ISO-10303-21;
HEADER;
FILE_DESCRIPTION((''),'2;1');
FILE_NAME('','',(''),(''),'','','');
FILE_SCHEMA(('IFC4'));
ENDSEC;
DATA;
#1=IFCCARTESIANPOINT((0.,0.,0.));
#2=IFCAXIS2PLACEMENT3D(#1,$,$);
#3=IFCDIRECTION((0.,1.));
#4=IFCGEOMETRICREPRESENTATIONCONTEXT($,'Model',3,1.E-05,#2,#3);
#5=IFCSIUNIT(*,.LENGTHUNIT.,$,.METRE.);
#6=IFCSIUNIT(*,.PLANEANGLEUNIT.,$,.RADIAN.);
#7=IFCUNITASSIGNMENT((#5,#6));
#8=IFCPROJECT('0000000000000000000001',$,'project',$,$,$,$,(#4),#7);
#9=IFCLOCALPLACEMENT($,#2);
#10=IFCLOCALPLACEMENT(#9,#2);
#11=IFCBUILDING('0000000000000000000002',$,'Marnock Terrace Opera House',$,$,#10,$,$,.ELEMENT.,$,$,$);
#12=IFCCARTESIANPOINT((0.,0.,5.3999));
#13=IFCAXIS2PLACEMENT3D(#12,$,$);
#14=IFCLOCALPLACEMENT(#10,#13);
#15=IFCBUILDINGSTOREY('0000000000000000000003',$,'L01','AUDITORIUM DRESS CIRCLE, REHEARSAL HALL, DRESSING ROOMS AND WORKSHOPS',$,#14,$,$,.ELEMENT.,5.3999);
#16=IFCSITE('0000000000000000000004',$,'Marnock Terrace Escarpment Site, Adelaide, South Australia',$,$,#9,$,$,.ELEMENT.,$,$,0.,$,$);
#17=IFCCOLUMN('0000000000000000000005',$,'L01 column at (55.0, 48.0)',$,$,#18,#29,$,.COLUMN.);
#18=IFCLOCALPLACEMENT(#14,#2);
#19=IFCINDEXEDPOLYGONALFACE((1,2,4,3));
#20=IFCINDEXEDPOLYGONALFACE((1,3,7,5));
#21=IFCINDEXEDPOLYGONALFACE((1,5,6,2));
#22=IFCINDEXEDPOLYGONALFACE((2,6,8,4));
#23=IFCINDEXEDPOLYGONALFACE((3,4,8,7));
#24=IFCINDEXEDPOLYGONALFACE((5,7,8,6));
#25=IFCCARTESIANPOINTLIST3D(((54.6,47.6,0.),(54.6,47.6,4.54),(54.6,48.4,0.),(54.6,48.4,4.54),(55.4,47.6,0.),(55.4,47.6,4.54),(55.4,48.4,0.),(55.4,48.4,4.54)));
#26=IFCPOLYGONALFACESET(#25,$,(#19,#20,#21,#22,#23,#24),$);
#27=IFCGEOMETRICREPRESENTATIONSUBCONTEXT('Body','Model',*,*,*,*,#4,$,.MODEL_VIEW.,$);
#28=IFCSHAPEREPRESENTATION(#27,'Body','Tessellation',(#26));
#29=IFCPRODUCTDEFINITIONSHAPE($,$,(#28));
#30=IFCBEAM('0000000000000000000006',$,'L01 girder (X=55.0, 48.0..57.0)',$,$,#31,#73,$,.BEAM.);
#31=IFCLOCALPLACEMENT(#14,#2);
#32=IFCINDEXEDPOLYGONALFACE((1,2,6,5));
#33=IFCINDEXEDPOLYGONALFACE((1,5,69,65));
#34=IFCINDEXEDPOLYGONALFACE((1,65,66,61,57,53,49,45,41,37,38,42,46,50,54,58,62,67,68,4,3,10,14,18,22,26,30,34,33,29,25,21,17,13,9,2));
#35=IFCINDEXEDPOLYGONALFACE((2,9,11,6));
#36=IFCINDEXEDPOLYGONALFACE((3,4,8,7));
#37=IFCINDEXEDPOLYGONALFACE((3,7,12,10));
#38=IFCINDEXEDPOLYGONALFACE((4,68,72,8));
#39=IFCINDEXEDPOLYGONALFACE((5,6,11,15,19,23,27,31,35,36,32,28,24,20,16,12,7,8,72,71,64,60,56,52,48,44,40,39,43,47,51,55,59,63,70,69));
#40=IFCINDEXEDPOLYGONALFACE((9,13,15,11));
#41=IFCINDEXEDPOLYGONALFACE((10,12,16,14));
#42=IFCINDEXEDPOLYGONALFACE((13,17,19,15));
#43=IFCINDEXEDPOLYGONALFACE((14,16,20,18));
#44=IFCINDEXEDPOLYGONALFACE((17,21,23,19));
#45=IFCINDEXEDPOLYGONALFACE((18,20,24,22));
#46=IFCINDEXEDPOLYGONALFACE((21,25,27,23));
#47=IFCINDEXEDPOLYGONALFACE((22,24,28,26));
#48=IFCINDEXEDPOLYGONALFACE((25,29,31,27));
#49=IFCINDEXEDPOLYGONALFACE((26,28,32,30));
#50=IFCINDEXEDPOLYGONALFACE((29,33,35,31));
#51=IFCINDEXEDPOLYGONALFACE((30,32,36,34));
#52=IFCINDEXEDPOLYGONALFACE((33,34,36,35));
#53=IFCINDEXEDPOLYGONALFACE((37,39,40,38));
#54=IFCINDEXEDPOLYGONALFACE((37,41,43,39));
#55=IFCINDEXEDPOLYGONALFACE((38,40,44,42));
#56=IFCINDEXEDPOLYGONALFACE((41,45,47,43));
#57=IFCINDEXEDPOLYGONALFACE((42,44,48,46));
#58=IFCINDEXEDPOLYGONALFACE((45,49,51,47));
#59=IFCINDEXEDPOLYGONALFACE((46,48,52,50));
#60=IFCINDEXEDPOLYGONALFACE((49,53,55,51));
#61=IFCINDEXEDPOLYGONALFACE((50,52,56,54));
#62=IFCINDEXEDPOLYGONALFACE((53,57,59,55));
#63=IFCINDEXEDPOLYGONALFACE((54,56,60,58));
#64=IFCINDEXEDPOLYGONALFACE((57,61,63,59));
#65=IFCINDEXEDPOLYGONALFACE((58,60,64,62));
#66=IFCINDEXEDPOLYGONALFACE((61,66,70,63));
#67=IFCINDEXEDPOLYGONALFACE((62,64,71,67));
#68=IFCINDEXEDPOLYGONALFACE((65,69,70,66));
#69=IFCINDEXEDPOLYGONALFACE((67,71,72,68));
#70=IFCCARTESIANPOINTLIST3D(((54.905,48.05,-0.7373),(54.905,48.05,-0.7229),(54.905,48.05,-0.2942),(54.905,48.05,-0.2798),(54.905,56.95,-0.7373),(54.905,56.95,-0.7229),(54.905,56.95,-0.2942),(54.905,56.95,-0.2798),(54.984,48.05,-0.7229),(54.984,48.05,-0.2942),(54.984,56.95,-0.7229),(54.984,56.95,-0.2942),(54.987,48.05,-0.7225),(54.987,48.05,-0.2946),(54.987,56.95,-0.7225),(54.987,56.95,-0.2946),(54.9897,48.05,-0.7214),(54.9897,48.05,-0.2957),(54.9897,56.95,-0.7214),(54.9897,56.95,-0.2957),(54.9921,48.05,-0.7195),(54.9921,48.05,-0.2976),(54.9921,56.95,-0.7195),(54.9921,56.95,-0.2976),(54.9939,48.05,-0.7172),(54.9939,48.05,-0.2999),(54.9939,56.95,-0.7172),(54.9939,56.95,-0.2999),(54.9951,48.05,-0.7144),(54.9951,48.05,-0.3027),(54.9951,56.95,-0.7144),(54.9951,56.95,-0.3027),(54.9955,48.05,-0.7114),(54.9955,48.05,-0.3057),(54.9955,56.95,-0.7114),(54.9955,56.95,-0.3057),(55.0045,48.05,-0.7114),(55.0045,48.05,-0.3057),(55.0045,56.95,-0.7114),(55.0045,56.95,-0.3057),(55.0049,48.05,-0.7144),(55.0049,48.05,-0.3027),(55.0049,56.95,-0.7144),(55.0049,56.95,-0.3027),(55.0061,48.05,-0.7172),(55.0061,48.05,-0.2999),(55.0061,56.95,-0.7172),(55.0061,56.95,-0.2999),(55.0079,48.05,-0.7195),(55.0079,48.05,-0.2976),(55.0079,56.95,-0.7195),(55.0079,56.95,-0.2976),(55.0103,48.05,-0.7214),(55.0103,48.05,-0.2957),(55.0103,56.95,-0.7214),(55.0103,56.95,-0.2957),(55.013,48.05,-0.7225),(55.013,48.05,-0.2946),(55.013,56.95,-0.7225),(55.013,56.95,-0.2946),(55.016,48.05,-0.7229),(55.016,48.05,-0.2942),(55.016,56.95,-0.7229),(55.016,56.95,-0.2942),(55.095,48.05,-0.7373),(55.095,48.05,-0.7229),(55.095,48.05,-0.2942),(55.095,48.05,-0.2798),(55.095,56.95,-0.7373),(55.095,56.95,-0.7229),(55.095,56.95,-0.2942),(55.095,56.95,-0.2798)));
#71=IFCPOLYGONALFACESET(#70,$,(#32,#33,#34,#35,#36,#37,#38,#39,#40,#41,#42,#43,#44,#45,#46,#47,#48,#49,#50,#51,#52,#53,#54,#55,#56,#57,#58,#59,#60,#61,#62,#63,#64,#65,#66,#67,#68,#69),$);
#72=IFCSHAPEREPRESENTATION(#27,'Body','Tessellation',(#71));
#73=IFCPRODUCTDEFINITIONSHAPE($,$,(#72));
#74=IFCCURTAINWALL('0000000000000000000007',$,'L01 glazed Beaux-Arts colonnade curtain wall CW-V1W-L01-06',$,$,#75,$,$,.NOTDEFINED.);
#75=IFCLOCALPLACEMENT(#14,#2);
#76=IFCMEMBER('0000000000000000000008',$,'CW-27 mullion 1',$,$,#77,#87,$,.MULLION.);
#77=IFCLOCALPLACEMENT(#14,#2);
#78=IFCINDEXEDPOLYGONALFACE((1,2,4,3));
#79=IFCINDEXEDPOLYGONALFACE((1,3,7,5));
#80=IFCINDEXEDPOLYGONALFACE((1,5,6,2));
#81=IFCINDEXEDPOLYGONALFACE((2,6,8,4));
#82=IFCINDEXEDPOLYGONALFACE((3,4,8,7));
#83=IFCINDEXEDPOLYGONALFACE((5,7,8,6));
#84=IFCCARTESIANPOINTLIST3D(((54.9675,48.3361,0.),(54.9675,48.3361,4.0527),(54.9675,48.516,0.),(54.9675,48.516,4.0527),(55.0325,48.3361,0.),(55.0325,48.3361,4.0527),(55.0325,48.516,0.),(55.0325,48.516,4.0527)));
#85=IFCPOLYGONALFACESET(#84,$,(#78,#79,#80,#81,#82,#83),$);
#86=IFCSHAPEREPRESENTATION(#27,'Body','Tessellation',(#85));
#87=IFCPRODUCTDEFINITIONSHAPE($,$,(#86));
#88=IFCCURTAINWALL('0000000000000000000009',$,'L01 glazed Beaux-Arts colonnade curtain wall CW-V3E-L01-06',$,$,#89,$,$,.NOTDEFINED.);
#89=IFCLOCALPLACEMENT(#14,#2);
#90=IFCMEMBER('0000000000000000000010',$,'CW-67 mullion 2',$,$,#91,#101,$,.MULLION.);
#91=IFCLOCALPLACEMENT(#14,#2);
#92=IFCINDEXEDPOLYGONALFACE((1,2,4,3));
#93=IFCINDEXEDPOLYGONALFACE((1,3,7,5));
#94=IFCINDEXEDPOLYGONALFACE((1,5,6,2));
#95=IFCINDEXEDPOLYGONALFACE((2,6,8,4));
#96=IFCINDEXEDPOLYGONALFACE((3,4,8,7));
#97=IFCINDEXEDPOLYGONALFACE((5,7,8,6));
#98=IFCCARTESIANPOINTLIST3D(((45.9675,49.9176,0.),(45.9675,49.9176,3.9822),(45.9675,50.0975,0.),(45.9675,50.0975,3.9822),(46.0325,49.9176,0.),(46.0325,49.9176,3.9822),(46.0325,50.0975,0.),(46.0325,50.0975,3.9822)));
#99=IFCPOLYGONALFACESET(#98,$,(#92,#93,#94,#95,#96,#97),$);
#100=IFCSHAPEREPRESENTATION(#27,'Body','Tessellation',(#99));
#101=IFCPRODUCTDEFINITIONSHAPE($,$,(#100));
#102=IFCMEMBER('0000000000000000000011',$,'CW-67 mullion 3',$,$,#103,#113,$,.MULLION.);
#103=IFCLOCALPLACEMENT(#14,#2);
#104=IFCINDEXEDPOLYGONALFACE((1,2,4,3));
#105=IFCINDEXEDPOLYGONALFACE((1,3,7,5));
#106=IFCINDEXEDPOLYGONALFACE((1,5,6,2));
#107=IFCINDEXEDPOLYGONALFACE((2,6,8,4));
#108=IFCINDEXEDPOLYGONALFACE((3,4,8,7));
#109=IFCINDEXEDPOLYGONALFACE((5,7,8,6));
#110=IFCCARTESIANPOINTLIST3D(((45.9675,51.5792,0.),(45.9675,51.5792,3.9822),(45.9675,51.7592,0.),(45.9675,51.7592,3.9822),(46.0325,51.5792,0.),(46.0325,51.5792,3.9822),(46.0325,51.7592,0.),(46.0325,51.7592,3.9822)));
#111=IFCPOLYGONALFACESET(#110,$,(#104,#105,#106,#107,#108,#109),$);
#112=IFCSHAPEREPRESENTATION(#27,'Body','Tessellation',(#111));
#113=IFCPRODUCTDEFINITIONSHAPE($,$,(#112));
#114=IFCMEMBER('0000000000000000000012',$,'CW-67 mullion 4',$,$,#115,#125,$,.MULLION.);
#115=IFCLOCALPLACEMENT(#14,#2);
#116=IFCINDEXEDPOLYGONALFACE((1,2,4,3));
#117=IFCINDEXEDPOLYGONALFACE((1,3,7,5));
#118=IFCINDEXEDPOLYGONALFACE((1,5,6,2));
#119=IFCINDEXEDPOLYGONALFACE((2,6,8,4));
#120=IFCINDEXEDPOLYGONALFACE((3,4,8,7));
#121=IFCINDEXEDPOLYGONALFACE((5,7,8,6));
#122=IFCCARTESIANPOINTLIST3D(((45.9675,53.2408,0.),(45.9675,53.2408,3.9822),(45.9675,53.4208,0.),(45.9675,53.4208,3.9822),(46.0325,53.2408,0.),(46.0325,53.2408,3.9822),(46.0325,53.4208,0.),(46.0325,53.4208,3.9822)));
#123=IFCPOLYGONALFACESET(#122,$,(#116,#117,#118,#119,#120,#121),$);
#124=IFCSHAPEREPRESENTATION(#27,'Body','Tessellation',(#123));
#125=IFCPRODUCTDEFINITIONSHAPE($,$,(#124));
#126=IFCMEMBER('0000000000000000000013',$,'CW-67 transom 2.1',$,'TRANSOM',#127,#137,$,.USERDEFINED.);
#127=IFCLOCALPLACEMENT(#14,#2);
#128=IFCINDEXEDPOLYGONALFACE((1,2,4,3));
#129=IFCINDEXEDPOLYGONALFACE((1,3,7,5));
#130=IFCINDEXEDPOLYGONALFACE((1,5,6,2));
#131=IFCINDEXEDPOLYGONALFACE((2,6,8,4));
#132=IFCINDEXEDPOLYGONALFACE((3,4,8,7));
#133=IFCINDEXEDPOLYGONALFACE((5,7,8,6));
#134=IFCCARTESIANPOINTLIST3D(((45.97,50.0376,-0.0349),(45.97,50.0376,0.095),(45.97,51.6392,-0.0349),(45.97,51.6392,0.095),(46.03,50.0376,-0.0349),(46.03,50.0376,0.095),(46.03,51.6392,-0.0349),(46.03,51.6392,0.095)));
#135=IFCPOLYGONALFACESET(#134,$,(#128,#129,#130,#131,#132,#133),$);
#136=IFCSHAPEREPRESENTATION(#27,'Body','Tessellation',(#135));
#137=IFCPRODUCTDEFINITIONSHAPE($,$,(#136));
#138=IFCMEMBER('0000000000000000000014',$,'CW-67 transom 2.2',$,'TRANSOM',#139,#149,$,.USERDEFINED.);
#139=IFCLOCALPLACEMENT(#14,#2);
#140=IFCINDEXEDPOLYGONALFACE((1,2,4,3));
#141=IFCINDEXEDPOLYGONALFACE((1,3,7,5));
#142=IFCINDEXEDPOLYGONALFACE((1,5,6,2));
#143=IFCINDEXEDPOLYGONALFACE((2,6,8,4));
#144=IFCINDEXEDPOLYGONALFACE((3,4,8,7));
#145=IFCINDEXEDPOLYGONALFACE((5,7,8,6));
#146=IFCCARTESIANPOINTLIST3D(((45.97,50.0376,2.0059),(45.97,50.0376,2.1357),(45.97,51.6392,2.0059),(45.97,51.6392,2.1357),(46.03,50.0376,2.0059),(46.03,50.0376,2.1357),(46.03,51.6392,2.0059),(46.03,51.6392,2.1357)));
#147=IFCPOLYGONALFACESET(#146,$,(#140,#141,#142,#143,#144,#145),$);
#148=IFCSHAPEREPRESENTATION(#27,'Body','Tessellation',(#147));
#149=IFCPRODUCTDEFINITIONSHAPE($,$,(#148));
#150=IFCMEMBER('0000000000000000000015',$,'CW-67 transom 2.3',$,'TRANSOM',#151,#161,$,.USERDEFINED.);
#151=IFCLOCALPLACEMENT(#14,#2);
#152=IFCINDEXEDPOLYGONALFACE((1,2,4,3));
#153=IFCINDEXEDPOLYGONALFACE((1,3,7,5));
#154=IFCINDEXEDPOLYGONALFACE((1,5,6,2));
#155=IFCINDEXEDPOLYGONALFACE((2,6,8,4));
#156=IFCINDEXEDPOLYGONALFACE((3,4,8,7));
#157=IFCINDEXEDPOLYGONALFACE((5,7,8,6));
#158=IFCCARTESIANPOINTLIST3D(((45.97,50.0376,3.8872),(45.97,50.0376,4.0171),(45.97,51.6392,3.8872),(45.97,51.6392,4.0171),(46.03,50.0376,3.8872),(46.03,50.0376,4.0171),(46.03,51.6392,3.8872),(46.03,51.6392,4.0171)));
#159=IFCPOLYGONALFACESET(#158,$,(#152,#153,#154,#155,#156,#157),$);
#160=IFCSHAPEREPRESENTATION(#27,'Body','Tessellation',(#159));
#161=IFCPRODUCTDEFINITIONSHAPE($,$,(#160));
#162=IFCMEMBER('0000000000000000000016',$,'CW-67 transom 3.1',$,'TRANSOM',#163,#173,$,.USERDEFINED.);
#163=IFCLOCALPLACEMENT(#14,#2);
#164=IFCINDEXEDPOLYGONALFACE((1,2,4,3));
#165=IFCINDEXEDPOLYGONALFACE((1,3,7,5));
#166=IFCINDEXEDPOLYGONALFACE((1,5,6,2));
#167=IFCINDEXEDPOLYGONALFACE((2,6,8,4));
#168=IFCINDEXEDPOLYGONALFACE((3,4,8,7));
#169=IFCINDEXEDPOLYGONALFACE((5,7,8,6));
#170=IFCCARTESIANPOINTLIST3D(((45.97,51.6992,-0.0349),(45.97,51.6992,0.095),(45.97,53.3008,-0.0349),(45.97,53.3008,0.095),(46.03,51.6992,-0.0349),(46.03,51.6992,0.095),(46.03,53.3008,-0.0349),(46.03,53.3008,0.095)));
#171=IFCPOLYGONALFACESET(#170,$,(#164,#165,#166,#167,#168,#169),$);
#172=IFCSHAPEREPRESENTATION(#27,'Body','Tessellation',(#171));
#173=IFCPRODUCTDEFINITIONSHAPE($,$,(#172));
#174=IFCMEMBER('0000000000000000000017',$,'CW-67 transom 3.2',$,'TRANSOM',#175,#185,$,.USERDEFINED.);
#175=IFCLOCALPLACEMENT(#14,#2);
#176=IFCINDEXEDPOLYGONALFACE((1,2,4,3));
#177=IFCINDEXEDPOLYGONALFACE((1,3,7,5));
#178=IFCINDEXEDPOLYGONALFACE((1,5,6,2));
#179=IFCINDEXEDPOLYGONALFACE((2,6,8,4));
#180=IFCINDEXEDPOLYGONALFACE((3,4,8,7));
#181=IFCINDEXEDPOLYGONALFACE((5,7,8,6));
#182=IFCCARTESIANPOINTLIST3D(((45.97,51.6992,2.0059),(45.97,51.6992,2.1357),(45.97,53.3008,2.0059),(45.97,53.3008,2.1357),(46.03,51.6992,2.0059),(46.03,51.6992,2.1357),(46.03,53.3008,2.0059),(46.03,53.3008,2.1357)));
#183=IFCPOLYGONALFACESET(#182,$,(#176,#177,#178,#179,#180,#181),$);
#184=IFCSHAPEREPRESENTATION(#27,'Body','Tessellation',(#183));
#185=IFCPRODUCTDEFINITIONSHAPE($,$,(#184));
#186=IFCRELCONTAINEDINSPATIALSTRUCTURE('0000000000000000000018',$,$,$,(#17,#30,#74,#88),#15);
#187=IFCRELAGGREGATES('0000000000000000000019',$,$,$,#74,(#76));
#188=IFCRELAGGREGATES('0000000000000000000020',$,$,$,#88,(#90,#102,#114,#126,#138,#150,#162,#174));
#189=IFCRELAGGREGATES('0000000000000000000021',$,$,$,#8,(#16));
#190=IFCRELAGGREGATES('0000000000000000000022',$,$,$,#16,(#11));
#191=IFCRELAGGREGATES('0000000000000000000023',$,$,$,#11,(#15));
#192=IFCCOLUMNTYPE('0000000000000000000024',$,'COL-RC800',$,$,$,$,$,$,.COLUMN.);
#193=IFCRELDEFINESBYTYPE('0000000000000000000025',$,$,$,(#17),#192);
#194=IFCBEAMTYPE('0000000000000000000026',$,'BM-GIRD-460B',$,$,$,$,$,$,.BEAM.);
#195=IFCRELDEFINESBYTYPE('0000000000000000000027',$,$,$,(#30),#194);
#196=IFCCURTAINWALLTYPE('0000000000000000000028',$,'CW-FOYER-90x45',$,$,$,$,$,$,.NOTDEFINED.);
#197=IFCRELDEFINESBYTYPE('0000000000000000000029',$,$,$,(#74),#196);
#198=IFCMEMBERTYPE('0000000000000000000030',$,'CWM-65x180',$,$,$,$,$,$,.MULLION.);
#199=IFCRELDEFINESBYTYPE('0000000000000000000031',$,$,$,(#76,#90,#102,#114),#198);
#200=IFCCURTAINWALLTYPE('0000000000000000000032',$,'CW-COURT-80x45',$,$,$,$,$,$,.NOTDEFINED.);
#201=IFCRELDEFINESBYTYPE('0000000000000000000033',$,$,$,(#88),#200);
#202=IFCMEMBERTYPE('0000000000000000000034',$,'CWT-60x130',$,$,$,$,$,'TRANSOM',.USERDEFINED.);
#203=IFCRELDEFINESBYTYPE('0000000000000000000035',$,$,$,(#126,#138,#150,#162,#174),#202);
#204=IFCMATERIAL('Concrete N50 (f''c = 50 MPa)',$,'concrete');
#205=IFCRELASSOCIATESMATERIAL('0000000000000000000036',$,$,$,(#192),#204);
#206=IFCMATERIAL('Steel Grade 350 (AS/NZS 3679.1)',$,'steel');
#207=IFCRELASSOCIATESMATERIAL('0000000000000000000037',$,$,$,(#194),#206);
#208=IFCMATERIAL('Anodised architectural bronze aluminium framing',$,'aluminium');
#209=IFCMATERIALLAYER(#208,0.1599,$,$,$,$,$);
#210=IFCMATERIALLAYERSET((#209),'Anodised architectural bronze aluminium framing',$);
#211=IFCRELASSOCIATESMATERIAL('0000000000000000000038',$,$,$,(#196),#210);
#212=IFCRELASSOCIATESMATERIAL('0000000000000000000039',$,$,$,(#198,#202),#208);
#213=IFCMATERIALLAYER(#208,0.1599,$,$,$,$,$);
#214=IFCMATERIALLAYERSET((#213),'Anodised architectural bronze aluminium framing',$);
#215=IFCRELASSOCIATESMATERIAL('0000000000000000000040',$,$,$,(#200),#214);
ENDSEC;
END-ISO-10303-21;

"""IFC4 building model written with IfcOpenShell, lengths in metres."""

from ifc_helpers import new_model, si_unit, direction, frame, origin, origin_2d, place, context, subcontext, project, spatial, rectangle, i_section, extrude, material, layer, layer_set, material_profile, profile_set, type_object, element, aggregate, save


model = new_model("IFC4")

# Units and contexts
model_context = context("Model", 3, precision=1e-05, world=origin(), true_north=direction((0.0, 1.0)))
body_context = subcontext(model_context, "Body", "Model", "MODEL_VIEW")
ifc_project = project(units=[si_unit("LENGTHUNIT", "METRE"), si_unit("PLANEANGLEUNIT", "RADIAN")], contexts=[model_context])

# Site, building, storey
site_placement = place(None, origin())
site = spatial("IfcSite", under=ifc_project, at=site_placement, Name="Marnock Terrace Escarpment Site, Adelaide, South Australia", CompositionType="ELEMENT", RefElevation=0.0)
building_placement = place(site_placement, origin())
building = spatial("IfcBuilding", under=site, at=building_placement, Name="Marnock Terrace Opera House", CompositionType="ELEMENT")
storey_placement = place(building_placement, frame((0.0, 0.0, 5.3999)))
storey = spatial("IfcBuildingStorey", under=building, at=storey_placement, Name="L01", Description="AUDITORIUM DRESS CIRCLE, REHEARSAL HALL, DRESSING ROOMS AND WORKSHOPS", CompositionType="ELEMENT", Elevation=5.3999)

# Column
ifc_material_1 = material(Name="Concrete N50 (f'c = 50 MPa)", Category="concrete")
ifc_material_profile_1 = material_profile(ifc_material_1, rectangle(XDim=0.8, YDim=0.8, at=origin_2d()))
ifc_profile_set_1 = profile_set([ifc_material_profile_1], Name="Concrete N50 (f'c = 50 MPa)")
column_type = type_object("IfcColumnType", Name="COL-RC800", PredefinedType="COLUMN", material=ifc_profile_set_1)
column_placement = place(storey_placement, frame((55.0, 48.0, 0.0), z_axis=(0.0, 0.0, 1.0), x_axis=(1.0, 0.0, 0.0)))
element("IfcColumn", 1, at=column_placement, inside=storey, type_object=column_type, Name="L01 column at (55.0, 48.0)", PredefinedType="COLUMN", context=body_context, shape_type="SweptSolid", body=[
    extrude(rectangle(XDim=0.8, YDim=0.8, at=origin_2d()), origin(), (0.0, 0.0, 1.0), 4.54),
])

# Beam
ifc_material_2 = material(Name="Steel Grade 350 (AS/NZS 3679.1)", Category="steel")
ifc_material_profile_2 = material_profile(ifc_material_2, i_section(OverallWidth=0.1899, OverallDepth=0.4575, WebThickness=0.009, FlangeThickness=0.0144, FilletRadius=0.0115, at=origin_2d()))
ifc_profile_set_2 = profile_set([ifc_material_profile_2], Name="Steel Grade 350 (AS/NZS 3679.1)")
beam_type = type_object("IfcBeamType", Name="BM-GIRD-460B", PredefinedType="BEAM", material=ifc_profile_set_2)
beam_placement = place(storey_placement, frame((55.0, 48.05, -0.5085), z_axis=(0.0, 1.0, 0.0), x_axis=(-1.0, 0.0, 0.0)))
element("IfcBeam", 2, at=beam_placement, inside=storey, type_object=beam_type, Name="L01 girder (X=55.0, 48.0..57.0)", PredefinedType="BEAM", context=body_context, shape_type="SweptSolid", body=[
    extrude(i_section(OverallWidth=0.1899, OverallDepth=0.4575, WebThickness=0.009, FlangeThickness=0.0144, FilletRadius=0.0115, at=origin_2d()), origin(), (0.0, 0.0, 1.0), 8.8999),
])

# Curtain wall, member
ifc_material_3 = material(Name="Anodised architectural bronze aluminium framing", Category="aluminium")
ifc_layer_1 = layer(ifc_material_3, 0.1599)
ifc_layer_set_1 = layer_set([ifc_layer_1], Name="Anodised architectural bronze aluminium framing")
curtain_wall_type_1 = type_object("IfcCurtainWallType", Name="CW-FOYER-90x45", PredefinedType="NOTDEFINED", material=ifc_layer_set_1)
curtain_wall_1_placement = place(storey_placement, origin())
curtain_wall_1 = element("IfcCurtainWall", 3, at=curtain_wall_1_placement, inside=storey, type_object=curtain_wall_type_1, Name="L01 glazed Beaux-Arts colonnade curtain wall CW-V1W-L01-06", PredefinedType="NOTDEFINED")
ifc_material_profile_3 = material_profile(ifc_material_3, rectangle(XDim=0.0649, YDim=0.1799, at=origin_2d()))
ifc_profile_set_3 = profile_set([ifc_material_profile_3], Name="Anodised architectural bronze aluminium framing")
member_type_1 = type_object("IfcMemberType", Name="CWM-65x180", PredefinedType="MULLION", material=ifc_profile_set_3)
member_1_placement = place(storey_placement, frame((55.0, 48.426, 0.0), z_axis=(0.0, 0.0, 1.0), x_axis=(-1.0, 0.0, 0.0)))
member_1 = element("IfcMember", 4, at=member_1_placement, type_object=member_type_1, Name="CW-27 mullion 1", PredefinedType="MULLION", context=body_context, shape_type="SweptSolid", body=[
    extrude(rectangle(XDim=0.0649, YDim=0.1799, at=origin_2d()), origin(), (0.0, 0.0, 1.0), 4.0527),
])
aggregate(curtain_wall_1, [member_1])

# Curtain wall, members
ifc_layer_2 = layer(ifc_material_3, 0.1599)
ifc_layer_set_2 = layer_set([ifc_layer_2], Name="Anodised architectural bronze aluminium framing")
curtain_wall_type_2 = type_object("IfcCurtainWallType", Name="CW-COURT-80x45", PredefinedType="NOTDEFINED", material=ifc_layer_set_2)
curtain_wall_2_placement = place(storey_placement, origin())
curtain_wall_2 = element("IfcCurtainWall", 5, at=curtain_wall_2_placement, inside=storey, type_object=curtain_wall_type_2, Name="L01 glazed Beaux-Arts colonnade curtain wall CW-V3E-L01-06", PredefinedType="NOTDEFINED")
member_2_placement = place(storey_placement, frame((46.0, 50.0076, 0.0), z_axis=(0.0, 0.0, 1.0), x_axis=(-1.0, 0.0, 0.0)))
member_2 = element("IfcMember", 6, at=member_2_placement, type_object=member_type_1, Name="CW-67 mullion 2", PredefinedType="MULLION", context=body_context, shape_type="SweptSolid", body=[
    extrude(rectangle(XDim=0.0649, YDim=0.1799, at=origin_2d()), origin(), (0.0, 0.0, 1.0), 3.9822),
])
member_3_placement = place(storey_placement, frame((46.0, 51.6692, 0.0), z_axis=(0.0, 0.0, 1.0), x_axis=(-1.0, 0.0, 0.0)))
member_3 = element("IfcMember", 7, at=member_3_placement, type_object=member_type_1, Name="CW-67 mullion 3", PredefinedType="MULLION", context=body_context, shape_type="SweptSolid", body=[
    extrude(rectangle(XDim=0.0649, YDim=0.1799, at=origin_2d()), origin(), (0.0, 0.0, 1.0), 3.9822),
])
member_4_placement = place(storey_placement, frame((46.0, 53.3308, 0.0), z_axis=(0.0, 0.0, 1.0), x_axis=(-1.0, 0.0, 0.0)))
member_4 = element("IfcMember", 8, at=member_4_placement, type_object=member_type_1, Name="CW-67 mullion 4", PredefinedType="MULLION", context=body_context, shape_type="SweptSolid", body=[
    extrude(rectangle(XDim=0.0649, YDim=0.1799, at=origin_2d()), origin(), (0.0, 0.0, 1.0), 3.9822),
])
ifc_material_profile_4 = material_profile(ifc_material_3, rectangle(XDim=0.0601, YDim=0.1299, at=origin_2d()))
ifc_profile_set_4 = profile_set([ifc_material_profile_4], Name="Anodised architectural bronze aluminium framing")
member_type_2 = type_object("IfcMemberType", Name="CWT-60x130", ElementType="TRANSOM", PredefinedType="USERDEFINED", material=ifc_profile_set_4)
member_5_placement = place(storey_placement, frame((46.0, 50.0376, 0.03), z_axis=(0.0, 1.0, 0.0), x_axis=(-1.0, 0.0, 0.0)))
member_5 = element("IfcMember", 9, at=member_5_placement, type_object=member_type_2, Name="CW-67 transom 2.1", ObjectType="TRANSOM", PredefinedType="USERDEFINED", context=body_context, shape_type="SweptSolid", body=[
    extrude(rectangle(XDim=0.0601, YDim=0.1299, at=origin_2d()), origin(), (0.0, 0.0, 1.0), 1.6016),
])
member_6_placement = place(storey_placement, frame((46.0, 50.0376, 2.0708), z_axis=(0.0, 1.0, 0.0), x_axis=(-1.0, 0.0, 0.0)))
member_6 = element("IfcMember", 10, at=member_6_placement, type_object=member_type_2, Name="CW-67 transom 2.2", ObjectType="TRANSOM", PredefinedType="USERDEFINED", context=body_context, shape_type="SweptSolid", body=[
    extrude(rectangle(XDim=0.0601, YDim=0.1299, at=origin_2d()), origin(), (0.0, 0.0, 1.0), 1.6016),
])
member_7_placement = place(storey_placement, frame((46.0, 50.0376, 3.9521), z_axis=(0.0, 1.0, 0.0), x_axis=(-1.0, 0.0, 0.0)))
member_7 = element("IfcMember", 11, at=member_7_placement, type_object=member_type_2, Name="CW-67 transom 2.3", ObjectType="TRANSOM", PredefinedType="USERDEFINED", context=body_context, shape_type="SweptSolid", body=[
    extrude(rectangle(XDim=0.0601, YDim=0.1299, at=origin_2d()), origin(), (0.0, 0.0, 1.0), 1.6016),
])
member_8_placement = place(storey_placement, frame((46.0, 51.6992, 0.03), z_axis=(0.0, 1.0, 0.0), x_axis=(-1.0, 0.0, 0.0)))
member_8 = element("IfcMember", 12, at=member_8_placement, type_object=member_type_2, Name="CW-67 transom 3.1", ObjectType="TRANSOM", PredefinedType="USERDEFINED", context=body_context, shape_type="SweptSolid", body=[
    extrude(rectangle(XDim=0.0601, YDim=0.1299, at=origin_2d()), origin(), (0.0, 0.0, 1.0), 1.6016),
])
member_9_placement = place(storey_placement, frame((46.0, 51.6992, 2.0708), z_axis=(0.0, 1.0, 0.0), x_axis=(-1.0, 0.0, 0.0)))
member_9 = element("IfcMember", 13, at=member_9_placement, type_object=member_type_2, Name="CW-67 transom 3.2", ObjectType="TRANSOM", PredefinedType="USERDEFINED", context=body_context, shape_type="SweptSolid", body=[
    extrude(rectangle(XDim=0.0601, YDim=0.1299, at=origin_2d()), origin(), (0.0, 0.0, 1.0), 1.6016),
])
aggregate(curtain_wall_2, [member_2, member_3, member_4, member_5, member_6, member_7, member_8, member_9])

save(model, "model.ifc")
